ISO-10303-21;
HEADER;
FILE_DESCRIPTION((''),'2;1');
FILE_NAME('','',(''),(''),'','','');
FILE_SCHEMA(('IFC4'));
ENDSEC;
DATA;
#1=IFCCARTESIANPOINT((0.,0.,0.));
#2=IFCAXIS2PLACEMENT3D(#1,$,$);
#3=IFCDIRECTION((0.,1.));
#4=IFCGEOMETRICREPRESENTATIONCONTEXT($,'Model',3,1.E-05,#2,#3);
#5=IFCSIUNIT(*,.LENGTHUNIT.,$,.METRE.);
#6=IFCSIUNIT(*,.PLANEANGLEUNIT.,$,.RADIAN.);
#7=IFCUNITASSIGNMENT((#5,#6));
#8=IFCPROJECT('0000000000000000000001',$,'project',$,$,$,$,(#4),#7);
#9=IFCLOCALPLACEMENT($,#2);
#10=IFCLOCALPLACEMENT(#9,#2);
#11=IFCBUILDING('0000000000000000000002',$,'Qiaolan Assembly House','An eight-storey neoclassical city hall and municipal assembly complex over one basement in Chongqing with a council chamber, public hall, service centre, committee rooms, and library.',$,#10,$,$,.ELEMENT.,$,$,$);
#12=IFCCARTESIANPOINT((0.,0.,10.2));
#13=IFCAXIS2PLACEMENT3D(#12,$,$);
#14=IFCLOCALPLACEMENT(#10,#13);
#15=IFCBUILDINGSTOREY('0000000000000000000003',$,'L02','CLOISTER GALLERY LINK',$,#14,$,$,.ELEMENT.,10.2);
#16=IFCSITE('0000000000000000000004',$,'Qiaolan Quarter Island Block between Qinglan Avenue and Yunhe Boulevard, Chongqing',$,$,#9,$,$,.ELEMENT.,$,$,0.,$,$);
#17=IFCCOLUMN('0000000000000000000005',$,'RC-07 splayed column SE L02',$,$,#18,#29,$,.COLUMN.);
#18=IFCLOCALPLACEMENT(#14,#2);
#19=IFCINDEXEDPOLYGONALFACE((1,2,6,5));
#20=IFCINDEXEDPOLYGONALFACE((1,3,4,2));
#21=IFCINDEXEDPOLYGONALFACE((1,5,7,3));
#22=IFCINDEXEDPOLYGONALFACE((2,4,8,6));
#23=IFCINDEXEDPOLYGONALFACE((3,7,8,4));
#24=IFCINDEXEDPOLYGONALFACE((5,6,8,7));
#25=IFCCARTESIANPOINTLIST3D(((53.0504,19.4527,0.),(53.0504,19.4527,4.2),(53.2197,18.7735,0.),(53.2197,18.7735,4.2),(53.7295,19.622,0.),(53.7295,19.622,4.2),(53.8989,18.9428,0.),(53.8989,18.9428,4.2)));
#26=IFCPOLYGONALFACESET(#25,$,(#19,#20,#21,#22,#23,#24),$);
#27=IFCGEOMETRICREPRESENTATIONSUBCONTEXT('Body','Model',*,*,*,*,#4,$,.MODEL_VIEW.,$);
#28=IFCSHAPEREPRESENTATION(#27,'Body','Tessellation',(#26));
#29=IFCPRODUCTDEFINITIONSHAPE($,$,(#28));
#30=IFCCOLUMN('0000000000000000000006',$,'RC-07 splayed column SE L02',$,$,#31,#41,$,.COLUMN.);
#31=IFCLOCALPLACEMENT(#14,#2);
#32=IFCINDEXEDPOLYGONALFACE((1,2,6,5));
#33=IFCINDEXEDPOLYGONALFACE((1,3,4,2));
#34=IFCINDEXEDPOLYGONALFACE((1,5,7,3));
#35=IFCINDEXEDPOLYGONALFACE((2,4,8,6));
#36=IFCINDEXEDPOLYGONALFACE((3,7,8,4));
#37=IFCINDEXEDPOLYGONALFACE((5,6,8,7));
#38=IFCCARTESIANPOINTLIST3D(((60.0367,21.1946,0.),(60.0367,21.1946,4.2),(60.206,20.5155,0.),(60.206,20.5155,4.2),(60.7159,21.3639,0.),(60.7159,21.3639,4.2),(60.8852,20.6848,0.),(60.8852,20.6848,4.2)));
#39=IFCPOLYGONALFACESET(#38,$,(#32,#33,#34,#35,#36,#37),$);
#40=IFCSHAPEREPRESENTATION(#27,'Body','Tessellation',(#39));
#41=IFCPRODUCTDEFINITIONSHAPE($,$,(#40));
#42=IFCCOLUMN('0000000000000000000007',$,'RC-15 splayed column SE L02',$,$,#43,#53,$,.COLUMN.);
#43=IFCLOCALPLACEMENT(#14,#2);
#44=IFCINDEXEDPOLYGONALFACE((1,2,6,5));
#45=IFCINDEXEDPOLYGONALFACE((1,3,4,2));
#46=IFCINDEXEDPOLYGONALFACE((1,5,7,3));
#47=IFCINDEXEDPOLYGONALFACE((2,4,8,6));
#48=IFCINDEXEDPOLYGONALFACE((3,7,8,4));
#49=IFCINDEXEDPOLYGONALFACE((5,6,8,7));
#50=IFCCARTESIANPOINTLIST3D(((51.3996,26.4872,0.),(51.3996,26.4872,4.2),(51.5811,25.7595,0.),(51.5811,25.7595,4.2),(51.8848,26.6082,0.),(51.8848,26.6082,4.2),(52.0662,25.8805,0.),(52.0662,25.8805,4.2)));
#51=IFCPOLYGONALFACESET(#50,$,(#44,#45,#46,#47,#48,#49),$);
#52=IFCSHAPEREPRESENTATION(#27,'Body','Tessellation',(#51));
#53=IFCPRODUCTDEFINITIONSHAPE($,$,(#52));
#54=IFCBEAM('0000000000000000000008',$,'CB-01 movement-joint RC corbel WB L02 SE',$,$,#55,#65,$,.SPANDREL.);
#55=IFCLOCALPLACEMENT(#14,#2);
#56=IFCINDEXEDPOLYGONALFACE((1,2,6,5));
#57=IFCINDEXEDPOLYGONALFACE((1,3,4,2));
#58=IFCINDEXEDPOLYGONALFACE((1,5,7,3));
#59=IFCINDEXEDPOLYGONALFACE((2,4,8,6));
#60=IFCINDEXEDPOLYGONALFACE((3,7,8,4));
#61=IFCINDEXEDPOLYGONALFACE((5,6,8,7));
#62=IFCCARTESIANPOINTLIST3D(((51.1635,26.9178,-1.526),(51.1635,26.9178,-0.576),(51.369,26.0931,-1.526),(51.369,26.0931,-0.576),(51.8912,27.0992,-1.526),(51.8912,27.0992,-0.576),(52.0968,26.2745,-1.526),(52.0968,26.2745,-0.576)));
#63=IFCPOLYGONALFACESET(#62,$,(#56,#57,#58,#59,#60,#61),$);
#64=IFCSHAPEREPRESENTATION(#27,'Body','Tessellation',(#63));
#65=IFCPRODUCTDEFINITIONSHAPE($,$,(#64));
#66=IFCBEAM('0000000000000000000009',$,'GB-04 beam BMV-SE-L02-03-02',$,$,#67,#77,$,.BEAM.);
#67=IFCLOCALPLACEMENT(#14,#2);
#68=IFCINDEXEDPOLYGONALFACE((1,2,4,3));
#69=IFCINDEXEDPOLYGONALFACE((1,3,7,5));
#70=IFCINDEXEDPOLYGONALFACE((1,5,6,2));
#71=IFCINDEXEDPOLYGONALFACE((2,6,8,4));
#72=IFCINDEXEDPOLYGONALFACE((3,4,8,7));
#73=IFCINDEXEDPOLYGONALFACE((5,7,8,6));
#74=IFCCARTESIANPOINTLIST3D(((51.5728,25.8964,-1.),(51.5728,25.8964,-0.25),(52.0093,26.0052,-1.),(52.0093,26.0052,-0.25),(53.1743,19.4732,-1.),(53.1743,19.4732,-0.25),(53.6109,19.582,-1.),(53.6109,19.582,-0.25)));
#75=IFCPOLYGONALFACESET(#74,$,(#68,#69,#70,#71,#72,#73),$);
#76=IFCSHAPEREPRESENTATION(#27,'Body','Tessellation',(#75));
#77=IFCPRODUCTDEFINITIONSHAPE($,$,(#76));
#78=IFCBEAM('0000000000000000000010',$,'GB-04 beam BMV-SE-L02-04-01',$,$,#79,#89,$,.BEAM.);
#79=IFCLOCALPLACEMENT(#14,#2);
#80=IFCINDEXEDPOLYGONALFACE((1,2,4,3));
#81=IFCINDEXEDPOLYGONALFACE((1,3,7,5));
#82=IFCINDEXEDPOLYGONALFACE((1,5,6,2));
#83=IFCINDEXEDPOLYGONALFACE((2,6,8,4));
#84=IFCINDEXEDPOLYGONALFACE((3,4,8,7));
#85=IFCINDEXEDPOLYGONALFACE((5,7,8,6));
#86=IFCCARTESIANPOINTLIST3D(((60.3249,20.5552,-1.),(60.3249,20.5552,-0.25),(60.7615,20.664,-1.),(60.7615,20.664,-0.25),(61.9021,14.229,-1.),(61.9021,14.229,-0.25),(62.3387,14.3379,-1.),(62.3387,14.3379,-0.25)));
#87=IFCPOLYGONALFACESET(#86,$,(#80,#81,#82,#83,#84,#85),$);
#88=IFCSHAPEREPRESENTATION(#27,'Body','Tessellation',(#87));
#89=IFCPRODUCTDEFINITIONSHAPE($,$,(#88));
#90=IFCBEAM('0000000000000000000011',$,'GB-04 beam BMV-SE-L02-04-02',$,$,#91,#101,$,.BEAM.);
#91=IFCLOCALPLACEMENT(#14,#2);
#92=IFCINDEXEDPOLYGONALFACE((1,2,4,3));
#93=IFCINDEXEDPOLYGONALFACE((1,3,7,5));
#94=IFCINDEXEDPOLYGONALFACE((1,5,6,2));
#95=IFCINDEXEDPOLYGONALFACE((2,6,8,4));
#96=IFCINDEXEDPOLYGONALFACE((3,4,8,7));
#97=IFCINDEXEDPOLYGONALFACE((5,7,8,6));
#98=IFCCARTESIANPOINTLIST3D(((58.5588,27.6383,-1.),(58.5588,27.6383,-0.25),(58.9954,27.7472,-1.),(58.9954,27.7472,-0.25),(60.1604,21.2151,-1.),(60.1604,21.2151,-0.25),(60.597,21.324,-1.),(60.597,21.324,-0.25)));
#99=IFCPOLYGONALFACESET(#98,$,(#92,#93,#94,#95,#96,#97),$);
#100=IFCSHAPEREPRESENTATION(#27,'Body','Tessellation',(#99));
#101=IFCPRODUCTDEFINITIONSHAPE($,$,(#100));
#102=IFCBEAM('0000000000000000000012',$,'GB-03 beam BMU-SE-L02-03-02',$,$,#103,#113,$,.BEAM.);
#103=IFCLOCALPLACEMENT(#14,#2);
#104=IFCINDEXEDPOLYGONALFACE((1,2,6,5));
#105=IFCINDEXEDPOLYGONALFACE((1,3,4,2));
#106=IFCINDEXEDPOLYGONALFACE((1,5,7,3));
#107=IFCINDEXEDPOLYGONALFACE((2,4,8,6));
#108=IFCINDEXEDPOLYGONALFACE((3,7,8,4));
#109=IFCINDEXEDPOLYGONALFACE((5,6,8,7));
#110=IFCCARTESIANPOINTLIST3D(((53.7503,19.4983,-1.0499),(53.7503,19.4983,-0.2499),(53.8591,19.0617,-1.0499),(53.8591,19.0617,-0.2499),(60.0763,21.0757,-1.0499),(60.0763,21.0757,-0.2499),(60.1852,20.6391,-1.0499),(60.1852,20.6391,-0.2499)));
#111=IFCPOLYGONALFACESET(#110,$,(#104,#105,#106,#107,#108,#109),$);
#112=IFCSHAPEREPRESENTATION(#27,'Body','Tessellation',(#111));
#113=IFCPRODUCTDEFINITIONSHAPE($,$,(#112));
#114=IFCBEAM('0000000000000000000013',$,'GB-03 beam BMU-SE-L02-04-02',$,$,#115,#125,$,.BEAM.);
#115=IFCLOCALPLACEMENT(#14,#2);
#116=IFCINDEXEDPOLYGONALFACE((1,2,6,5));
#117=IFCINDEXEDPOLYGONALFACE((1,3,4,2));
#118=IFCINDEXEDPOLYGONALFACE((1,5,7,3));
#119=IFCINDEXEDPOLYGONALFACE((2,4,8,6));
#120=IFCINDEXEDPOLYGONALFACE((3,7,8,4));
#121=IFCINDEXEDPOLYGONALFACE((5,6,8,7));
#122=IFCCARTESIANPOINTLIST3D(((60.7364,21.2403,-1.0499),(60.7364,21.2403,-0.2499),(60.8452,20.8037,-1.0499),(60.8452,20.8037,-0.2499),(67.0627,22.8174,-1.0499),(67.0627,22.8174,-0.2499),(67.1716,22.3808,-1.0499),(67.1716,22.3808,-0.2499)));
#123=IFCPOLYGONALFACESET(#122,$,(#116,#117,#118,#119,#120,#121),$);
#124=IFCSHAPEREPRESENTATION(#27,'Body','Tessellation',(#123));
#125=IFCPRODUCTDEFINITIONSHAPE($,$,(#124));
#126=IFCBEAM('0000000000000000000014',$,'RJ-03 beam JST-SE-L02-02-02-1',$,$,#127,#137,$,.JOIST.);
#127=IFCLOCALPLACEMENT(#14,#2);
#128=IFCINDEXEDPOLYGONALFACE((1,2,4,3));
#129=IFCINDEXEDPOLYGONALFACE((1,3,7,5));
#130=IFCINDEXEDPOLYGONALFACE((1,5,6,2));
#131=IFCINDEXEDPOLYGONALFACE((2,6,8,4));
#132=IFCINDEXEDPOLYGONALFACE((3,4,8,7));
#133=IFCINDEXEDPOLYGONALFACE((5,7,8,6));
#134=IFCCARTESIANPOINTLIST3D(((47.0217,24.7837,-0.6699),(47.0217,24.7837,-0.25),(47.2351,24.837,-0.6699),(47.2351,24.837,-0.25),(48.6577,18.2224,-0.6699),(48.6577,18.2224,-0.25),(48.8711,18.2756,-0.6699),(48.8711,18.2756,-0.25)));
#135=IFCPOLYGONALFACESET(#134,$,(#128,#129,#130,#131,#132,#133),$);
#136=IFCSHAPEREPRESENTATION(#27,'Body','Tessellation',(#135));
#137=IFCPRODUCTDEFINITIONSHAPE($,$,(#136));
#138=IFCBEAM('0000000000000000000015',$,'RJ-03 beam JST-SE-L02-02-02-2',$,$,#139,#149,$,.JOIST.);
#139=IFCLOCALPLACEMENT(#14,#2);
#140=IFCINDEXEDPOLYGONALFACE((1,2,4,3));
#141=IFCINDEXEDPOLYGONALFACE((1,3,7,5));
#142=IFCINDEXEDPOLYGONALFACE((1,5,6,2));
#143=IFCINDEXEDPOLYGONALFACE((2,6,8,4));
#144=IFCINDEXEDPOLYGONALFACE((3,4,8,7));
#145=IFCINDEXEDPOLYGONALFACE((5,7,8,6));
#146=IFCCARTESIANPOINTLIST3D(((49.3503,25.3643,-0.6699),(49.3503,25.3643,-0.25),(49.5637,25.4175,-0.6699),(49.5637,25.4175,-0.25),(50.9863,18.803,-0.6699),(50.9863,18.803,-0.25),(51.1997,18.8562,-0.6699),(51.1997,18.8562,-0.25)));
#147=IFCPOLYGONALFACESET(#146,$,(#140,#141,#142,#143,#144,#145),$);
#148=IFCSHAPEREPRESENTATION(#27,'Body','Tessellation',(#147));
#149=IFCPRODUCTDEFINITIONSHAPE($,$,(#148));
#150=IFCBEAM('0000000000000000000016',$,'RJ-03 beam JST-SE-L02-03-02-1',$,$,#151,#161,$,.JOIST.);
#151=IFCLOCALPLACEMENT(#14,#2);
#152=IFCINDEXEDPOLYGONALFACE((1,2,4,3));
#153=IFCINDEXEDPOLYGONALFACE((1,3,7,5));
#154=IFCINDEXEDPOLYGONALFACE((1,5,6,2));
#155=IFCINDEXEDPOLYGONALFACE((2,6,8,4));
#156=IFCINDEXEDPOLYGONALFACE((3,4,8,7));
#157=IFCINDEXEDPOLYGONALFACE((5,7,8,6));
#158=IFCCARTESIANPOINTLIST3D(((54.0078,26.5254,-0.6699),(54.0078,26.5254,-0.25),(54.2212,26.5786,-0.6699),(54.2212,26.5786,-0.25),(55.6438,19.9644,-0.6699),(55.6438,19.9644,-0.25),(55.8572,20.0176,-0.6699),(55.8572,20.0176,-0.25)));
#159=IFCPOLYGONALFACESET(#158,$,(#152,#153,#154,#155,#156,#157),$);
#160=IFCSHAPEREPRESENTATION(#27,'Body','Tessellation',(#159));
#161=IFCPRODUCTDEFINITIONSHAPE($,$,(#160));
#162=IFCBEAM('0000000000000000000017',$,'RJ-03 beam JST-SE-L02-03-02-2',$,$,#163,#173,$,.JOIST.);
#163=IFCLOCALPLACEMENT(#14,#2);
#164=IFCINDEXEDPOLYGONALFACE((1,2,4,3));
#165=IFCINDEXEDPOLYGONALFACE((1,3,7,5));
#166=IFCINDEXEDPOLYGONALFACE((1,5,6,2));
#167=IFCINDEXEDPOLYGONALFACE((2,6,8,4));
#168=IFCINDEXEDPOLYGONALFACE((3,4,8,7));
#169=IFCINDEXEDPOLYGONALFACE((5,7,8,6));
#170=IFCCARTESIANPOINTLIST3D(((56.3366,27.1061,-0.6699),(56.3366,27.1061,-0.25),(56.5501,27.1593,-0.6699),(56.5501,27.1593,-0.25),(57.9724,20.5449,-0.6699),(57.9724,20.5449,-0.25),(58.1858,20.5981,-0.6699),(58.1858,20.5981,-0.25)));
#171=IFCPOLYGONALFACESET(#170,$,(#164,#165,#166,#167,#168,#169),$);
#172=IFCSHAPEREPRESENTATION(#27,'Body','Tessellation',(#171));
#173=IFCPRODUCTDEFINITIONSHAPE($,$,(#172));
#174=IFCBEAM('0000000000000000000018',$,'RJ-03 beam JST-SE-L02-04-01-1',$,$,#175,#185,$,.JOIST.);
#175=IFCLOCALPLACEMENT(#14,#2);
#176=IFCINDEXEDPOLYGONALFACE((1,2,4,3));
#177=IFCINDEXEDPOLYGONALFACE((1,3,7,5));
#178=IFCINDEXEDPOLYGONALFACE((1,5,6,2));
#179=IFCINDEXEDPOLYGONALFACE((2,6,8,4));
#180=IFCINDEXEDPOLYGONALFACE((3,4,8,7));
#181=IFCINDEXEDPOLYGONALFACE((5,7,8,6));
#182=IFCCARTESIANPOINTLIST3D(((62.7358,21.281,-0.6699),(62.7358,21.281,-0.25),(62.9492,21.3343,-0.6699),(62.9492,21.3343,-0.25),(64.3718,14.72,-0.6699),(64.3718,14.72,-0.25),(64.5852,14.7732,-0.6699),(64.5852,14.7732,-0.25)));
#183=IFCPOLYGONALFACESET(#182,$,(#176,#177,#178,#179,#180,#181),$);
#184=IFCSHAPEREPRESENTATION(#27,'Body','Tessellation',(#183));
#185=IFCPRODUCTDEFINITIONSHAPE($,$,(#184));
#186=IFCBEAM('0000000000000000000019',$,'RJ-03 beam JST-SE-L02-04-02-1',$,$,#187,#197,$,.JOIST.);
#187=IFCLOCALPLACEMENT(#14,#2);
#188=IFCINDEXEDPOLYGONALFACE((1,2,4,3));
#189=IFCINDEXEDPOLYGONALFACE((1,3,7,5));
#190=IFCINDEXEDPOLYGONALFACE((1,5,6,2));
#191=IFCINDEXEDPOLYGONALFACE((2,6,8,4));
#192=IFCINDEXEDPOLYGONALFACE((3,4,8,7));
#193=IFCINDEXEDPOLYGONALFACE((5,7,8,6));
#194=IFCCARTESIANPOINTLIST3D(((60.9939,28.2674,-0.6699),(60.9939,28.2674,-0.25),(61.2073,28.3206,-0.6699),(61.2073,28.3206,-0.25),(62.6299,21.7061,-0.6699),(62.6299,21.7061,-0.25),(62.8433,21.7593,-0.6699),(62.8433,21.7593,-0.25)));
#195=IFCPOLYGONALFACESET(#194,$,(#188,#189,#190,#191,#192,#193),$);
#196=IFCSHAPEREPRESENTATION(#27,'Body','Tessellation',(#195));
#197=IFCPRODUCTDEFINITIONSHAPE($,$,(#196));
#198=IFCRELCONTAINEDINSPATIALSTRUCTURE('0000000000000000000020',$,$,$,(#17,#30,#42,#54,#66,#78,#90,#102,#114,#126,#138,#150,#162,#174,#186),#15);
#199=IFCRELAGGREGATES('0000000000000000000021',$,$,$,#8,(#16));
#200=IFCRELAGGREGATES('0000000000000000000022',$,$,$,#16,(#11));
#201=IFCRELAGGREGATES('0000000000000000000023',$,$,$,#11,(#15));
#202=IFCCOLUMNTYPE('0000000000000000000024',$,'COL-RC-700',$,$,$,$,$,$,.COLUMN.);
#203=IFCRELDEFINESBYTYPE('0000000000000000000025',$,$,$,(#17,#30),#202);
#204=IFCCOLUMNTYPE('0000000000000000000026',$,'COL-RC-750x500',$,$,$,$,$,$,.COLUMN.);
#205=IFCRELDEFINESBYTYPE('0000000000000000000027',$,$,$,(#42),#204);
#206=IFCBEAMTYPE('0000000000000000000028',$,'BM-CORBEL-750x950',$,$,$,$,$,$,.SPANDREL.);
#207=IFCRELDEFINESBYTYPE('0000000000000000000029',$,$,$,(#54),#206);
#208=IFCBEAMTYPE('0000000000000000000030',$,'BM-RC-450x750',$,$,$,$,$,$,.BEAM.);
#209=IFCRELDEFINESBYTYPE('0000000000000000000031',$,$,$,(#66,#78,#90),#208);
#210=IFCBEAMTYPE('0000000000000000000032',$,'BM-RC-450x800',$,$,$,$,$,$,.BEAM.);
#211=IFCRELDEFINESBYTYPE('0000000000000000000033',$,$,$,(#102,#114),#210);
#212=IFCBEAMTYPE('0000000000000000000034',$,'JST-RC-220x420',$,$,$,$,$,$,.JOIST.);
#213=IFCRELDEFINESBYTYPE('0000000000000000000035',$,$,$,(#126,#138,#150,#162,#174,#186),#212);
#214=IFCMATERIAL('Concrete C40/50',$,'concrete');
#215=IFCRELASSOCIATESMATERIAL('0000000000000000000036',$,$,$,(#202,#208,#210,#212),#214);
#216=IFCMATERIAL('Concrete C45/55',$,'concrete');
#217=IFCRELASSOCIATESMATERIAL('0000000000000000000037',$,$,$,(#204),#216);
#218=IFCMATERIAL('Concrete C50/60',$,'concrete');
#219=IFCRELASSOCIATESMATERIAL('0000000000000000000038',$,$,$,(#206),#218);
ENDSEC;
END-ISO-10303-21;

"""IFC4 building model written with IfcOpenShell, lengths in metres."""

from ifc_helpers import new_model, si_unit, direction, frame, origin, origin_2d, place, context, subcontext, project, spatial, rectangle, extrude, material, material_profile, profile_set, type_object, element, save


model = new_model("IFC4")

# Units and contexts
model_context = context("Model", 3, precision=1e-05, world=origin(), true_north=direction((0.0, 1.0)))
body_context = subcontext(model_context, "Body", "Model", "MODEL_VIEW")
ifc_project = project(units=[si_unit("LENGTHUNIT", "METRE"), si_unit("PLANEANGLEUNIT", "RADIAN")], contexts=[model_context])

# Site, building, storey
site_placement = place(None, origin())
site = spatial("IfcSite", under=ifc_project, at=site_placement, Name="Qiaolan Quarter Island Block between Qinglan Avenue and Yunhe Boulevard, Chongqing", CompositionType="ELEMENT", RefElevation=0.0)
building_placement = place(site_placement, origin())
building = spatial("IfcBuilding", under=site, at=building_placement, Name="Qiaolan Assembly House", Description="An eight-storey neoclassical city hall and municipal assembly complex over one basement in Chongqing with a council chamber, public hall, service centre, committee rooms, and library.", CompositionType="ELEMENT")
storey_placement = place(building_placement, frame((0.0, 0.0, 10.2)))
storey = spatial("IfcBuildingStorey", under=building, at=storey_placement, Name="L02", Description="CLOISTER GALLERY LINK", CompositionType="ELEMENT", Elevation=10.2)

# Columns
ifc_material_1 = material(Name="Concrete C40/50", Category="concrete")
ifc_material_profile_1 = material_profile(ifc_material_1, rectangle(XDim=0.7, YDim=0.7, at=origin_2d()), Name="RC 700x700")
ifc_profile_set_1 = profile_set([ifc_material_profile_1], Name="Concrete C40/50")
column_type_1 = type_object("IfcColumnType", Name="COL-RC-700", PredefinedType="COLUMN", material=ifc_profile_set_1)
for number, where, z_axis, x_axis, name in (
    (1, (53.4746, 19.1978, 0.0), (0.0, 0.0, 1.0), (0.970296, 0.241922, 0.0), "RC-07 splayed column SE L02"),
    (2, (60.4609, 20.9397, 0.0), (0.0, 0.0, 1.0), (0.970296, 0.241922, 0.0), "RC-07 splayed column SE L02"),
):
    element("IfcColumn", number, at=place(storey_placement, frame(where, z_axis=z_axis, x_axis=x_axis)), inside=storey, type_object=column_type_1, Name=name, PredefinedType="COLUMN", context=body_context, shape_type="SweptSolid", body=[
        extrude(rectangle(XDim=0.7, YDim=0.7, at=origin_2d()), origin(), (0.0, 0.0, 1.0), 4.2),
    ])
ifc_material_2 = material(Name="Concrete C45/55", Category="concrete")
ifc_material_profile_2 = material_profile(ifc_material_2, rectangle(XDim=0.5, YDim=0.75, at=origin_2d()), Name="RC 750x500")
ifc_profile_set_2 = profile_set([ifc_material_profile_2], Name="Concrete C45/55")
column_type_2 = type_object("IfcColumnType", Name="COL-RC-750x500", PredefinedType="COLUMN", material=ifc_profile_set_2)
column_placement = place(storey_placement, frame((51.7329, 26.1838, 0.0), z_axis=(0.0, 0.0, 1.0), x_axis=(0.970296, 0.241922, 0.0)))
element("IfcColumn", 3, at=column_placement, inside=storey, type_object=column_type_2, Name="RC-15 splayed column SE L02", PredefinedType="COLUMN", context=body_context, shape_type="SweptSolid", body=[
    extrude(rectangle(XDim=0.5, YDim=0.75, at=origin_2d()), origin(), (0.0, 0.0, 1.0), 4.2),
])

# Beams
ifc_material_3 = material(Name="Concrete C50/60", Category="concrete")
ifc_material_profile_3 = material_profile(ifc_material_3, rectangle(XDim=0.75, YDim=0.95, at=origin_2d()), Name="RCB 750x950")
ifc_profile_set_3 = profile_set([ifc_material_profile_3], Name="Concrete C50/60")
beam_type_1 = type_object("IfcBeamType", Name="BM-CORBEL-750x950", PredefinedType="SPANDREL", material=ifc_profile_set_3)
beam_1_placement = place(storey_placement, frame((51.7329, 26.1838, -1.051), z_axis=(-0.24186, 0.970311, 0.0), x_axis=(-0.970311, -0.24186, 0.0)))
element("IfcBeam", 4, at=beam_1_placement, inside=storey, type_object=beam_type_1, Name="CB-01 movement-joint RC corbel WB L02 SE", PredefinedType="SPANDREL", context=body_context, shape_type="SweptSolid", body=[
    extrude(rectangle(XDim=0.75, YDim=0.95, at=origin_2d()), origin(), (0.0, 0.0, 1.0), 0.8499),
])
ifc_material_profile_4 = material_profile(ifc_material_1, rectangle(XDim=0.45, YDim=0.75, at=origin_2d()), Name="RCB 450x750")
ifc_profile_set_4 = profile_set([ifc_material_profile_4], Name="Concrete C40/50")
beam_type_2 = type_object("IfcBeamType", Name="BM-RC-450x750", PredefinedType="BEAM", material=ifc_profile_set_4)
beam_2_placement = place(storey_placement, frame((53.3926, 19.5276, -0.625), z_axis=(-0.241928, 0.970294, 0.0), x_axis=(-0.970294, -0.241928, 0.0)))
element("IfcBeam", 5, at=beam_2_placement, inside=storey, type_object=beam_type_2, Name="GB-04 beam BMV-SE-L02-03-02", PredefinedType="BEAM", context=body_context, shape_type="SweptSolid", body=[
    extrude(rectangle(XDim=0.45, YDim=0.75, at=origin_2d()), origin(), (0.0, 0.0, 1.0), 6.6199),
])
beam_3_placement = place(storey_placement, frame((62.1204, 14.2834, -0.625), z_axis=(-0.241901, 0.970301, 0.0), x_axis=(-0.970301, -0.241901, 0.0)))
element("IfcBeam", 6, at=beam_3_placement, inside=storey, type_object=beam_type_2, Name="GB-04 beam BMV-SE-L02-04-01", PredefinedType="BEAM", context=body_context, shape_type="SweptSolid", body=[
    extrude(rectangle(XDim=0.45, YDim=0.75, at=origin_2d()), origin(), (0.0, 0.0, 1.0), 6.5198),
])
beam_4_placement = place(storey_placement, frame((60.3787, 21.2695, -0.625), z_axis=(-0.241928, 0.970294, 0.0), x_axis=(-0.970294, -0.241928, 0.0)))
element("IfcBeam", 7, at=beam_4_placement, inside=storey, type_object=beam_type_2, Name="GB-04 beam BMV-SE-L02-04-02", PredefinedType="BEAM", context=body_context, shape_type="SweptSolid", body=[
    extrude(rectangle(XDim=0.45, YDim=0.75, at=origin_2d()), origin(), (0.0, 0.0, 1.0), 6.6199),
])
ifc_material_profile_5 = material_profile(ifc_material_1, rectangle(XDim=0.45, YDim=0.8, at=origin_2d()), Name="RCB 450x800")
ifc_profile_set_5 = profile_set([ifc_material_profile_5], Name="Concrete C40/50")
beam_type_3 = type_object("IfcBeamType", Name="BM-RC-450x800", PredefinedType="BEAM", material=ifc_profile_set_5)
beam_5_placement = place(storey_placement, frame((53.8047, 19.28, -0.6499), z_axis=(0.970292, 0.241936, 0.0), x_axis=(-0.241936, 0.970292, 0.0)))
element("IfcBeam", 8, at=beam_5_placement, inside=storey, type_object=beam_type_3, Name="GB-03 beam BMU-SE-L02-03-02", PredefinedType="BEAM", context=body_context, shape_type="SweptSolid", body=[
    extrude(rectangle(XDim=0.45, YDim=0.8, at=origin_2d()), origin(), (0.0, 0.0, 1.0), 6.5198),
])
beam_6_placement = place(storey_placement, frame((60.7908, 21.022, -0.6499), z_axis=(0.970303, 0.241892, 0.0), x_axis=(-0.241892, 0.970303, 0.0)))
element("IfcBeam", 9, at=beam_6_placement, inside=storey, type_object=beam_type_3, Name="GB-03 beam BMU-SE-L02-04-02", PredefinedType="BEAM", context=body_context, shape_type="SweptSolid", body=[
    extrude(rectangle(XDim=0.45, YDim=0.8, at=origin_2d()), origin(), (0.0, 0.0, 1.0), 6.52),
])
ifc_material_profile_6 = material_profile(ifc_material_1, rectangle(XDim=0.22, YDim=0.4199, at=origin_2d()), Name="RCB 220x420")
ifc_profile_set_6 = profile_set([ifc_material_profile_6], Name="Concrete C40/50")
beam_type_4 = type_object("IfcBeamType", Name="JST-RC-220x420", PredefinedType="JOIST", material=ifc_profile_set_6)
for number, where, z_axis, x_axis, name in (
    (10, (48.7644, 18.249, -0.46), (-0.241932, 0.970293, 0.0), (-0.970293, -0.241932, 0.0), "RJ-03 beam JST-SE-L02-02-02-1"),
    (11, (51.093, 18.8296, -0.46), (-0.241932, 0.970293, 0.0), (-0.970293, -0.241932, 0.0), "RJ-03 beam JST-SE-L02-02-02-2"),
):
    element("IfcBeam", number, at=place(storey_placement, frame(where, z_axis=z_axis, x_axis=x_axis)), inside=storey, type_object=beam_type_4, Name=name, PredefinedType="JOIST", context=body_context, shape_type="SweptSolid", body=[
        extrude(rectangle(XDim=0.22, YDim=0.4199, at=origin_2d()), origin(), (0.0, 0.0, 1.0), 6.7622),
    ])
for number, where, z_axis, x_axis, name in (
    (12, (55.7505, 19.991, -0.46), (-0.241941, 0.970291, 0.0), (-0.970291, -0.241941, 0.0), "RJ-03 beam JST-SE-L02-03-02-1"),
    (13, (58.0791, 20.5715, -0.46), (-0.241907, 0.970299, 0.0), (-0.970299, -0.241907, 0.0), "RJ-03 beam JST-SE-L02-03-02-2"),
    (14, (64.4785, 14.7466, -0.46), (-0.241941, 0.970291, 0.0), (-0.970291, -0.241941, 0.0), "RJ-03 beam JST-SE-L02-04-01-1"),
):
    element("IfcBeam", number, at=place(storey_placement, frame(where, z_axis=z_axis, x_axis=x_axis)), inside=storey, type_object=beam_type_4, Name=name, PredefinedType="JOIST", context=body_context, shape_type="SweptSolid", body=[
        extrude(rectangle(XDim=0.22, YDim=0.4199, at=origin_2d()), origin(), (0.0, 0.0, 1.0), 6.762),
    ])
beam_7_placement = place(storey_placement, frame((62.7366, 21.7327, -0.46), z_axis=(-0.241932, 0.970293, 0.0), x_axis=(-0.970293, -0.241932, 0.0)))
element("IfcBeam", 15, at=beam_7_placement, inside=storey, type_object=beam_type_4, Name="RJ-03 beam JST-SE-L02-04-02-1", PredefinedType="JOIST", context=body_context, shape_type="SweptSolid", body=[
    extrude(rectangle(XDim=0.22, YDim=0.4199, at=origin_2d()), origin(), (0.0, 0.0, 1.0), 6.7622),
])

save(model, "model.ifc")
